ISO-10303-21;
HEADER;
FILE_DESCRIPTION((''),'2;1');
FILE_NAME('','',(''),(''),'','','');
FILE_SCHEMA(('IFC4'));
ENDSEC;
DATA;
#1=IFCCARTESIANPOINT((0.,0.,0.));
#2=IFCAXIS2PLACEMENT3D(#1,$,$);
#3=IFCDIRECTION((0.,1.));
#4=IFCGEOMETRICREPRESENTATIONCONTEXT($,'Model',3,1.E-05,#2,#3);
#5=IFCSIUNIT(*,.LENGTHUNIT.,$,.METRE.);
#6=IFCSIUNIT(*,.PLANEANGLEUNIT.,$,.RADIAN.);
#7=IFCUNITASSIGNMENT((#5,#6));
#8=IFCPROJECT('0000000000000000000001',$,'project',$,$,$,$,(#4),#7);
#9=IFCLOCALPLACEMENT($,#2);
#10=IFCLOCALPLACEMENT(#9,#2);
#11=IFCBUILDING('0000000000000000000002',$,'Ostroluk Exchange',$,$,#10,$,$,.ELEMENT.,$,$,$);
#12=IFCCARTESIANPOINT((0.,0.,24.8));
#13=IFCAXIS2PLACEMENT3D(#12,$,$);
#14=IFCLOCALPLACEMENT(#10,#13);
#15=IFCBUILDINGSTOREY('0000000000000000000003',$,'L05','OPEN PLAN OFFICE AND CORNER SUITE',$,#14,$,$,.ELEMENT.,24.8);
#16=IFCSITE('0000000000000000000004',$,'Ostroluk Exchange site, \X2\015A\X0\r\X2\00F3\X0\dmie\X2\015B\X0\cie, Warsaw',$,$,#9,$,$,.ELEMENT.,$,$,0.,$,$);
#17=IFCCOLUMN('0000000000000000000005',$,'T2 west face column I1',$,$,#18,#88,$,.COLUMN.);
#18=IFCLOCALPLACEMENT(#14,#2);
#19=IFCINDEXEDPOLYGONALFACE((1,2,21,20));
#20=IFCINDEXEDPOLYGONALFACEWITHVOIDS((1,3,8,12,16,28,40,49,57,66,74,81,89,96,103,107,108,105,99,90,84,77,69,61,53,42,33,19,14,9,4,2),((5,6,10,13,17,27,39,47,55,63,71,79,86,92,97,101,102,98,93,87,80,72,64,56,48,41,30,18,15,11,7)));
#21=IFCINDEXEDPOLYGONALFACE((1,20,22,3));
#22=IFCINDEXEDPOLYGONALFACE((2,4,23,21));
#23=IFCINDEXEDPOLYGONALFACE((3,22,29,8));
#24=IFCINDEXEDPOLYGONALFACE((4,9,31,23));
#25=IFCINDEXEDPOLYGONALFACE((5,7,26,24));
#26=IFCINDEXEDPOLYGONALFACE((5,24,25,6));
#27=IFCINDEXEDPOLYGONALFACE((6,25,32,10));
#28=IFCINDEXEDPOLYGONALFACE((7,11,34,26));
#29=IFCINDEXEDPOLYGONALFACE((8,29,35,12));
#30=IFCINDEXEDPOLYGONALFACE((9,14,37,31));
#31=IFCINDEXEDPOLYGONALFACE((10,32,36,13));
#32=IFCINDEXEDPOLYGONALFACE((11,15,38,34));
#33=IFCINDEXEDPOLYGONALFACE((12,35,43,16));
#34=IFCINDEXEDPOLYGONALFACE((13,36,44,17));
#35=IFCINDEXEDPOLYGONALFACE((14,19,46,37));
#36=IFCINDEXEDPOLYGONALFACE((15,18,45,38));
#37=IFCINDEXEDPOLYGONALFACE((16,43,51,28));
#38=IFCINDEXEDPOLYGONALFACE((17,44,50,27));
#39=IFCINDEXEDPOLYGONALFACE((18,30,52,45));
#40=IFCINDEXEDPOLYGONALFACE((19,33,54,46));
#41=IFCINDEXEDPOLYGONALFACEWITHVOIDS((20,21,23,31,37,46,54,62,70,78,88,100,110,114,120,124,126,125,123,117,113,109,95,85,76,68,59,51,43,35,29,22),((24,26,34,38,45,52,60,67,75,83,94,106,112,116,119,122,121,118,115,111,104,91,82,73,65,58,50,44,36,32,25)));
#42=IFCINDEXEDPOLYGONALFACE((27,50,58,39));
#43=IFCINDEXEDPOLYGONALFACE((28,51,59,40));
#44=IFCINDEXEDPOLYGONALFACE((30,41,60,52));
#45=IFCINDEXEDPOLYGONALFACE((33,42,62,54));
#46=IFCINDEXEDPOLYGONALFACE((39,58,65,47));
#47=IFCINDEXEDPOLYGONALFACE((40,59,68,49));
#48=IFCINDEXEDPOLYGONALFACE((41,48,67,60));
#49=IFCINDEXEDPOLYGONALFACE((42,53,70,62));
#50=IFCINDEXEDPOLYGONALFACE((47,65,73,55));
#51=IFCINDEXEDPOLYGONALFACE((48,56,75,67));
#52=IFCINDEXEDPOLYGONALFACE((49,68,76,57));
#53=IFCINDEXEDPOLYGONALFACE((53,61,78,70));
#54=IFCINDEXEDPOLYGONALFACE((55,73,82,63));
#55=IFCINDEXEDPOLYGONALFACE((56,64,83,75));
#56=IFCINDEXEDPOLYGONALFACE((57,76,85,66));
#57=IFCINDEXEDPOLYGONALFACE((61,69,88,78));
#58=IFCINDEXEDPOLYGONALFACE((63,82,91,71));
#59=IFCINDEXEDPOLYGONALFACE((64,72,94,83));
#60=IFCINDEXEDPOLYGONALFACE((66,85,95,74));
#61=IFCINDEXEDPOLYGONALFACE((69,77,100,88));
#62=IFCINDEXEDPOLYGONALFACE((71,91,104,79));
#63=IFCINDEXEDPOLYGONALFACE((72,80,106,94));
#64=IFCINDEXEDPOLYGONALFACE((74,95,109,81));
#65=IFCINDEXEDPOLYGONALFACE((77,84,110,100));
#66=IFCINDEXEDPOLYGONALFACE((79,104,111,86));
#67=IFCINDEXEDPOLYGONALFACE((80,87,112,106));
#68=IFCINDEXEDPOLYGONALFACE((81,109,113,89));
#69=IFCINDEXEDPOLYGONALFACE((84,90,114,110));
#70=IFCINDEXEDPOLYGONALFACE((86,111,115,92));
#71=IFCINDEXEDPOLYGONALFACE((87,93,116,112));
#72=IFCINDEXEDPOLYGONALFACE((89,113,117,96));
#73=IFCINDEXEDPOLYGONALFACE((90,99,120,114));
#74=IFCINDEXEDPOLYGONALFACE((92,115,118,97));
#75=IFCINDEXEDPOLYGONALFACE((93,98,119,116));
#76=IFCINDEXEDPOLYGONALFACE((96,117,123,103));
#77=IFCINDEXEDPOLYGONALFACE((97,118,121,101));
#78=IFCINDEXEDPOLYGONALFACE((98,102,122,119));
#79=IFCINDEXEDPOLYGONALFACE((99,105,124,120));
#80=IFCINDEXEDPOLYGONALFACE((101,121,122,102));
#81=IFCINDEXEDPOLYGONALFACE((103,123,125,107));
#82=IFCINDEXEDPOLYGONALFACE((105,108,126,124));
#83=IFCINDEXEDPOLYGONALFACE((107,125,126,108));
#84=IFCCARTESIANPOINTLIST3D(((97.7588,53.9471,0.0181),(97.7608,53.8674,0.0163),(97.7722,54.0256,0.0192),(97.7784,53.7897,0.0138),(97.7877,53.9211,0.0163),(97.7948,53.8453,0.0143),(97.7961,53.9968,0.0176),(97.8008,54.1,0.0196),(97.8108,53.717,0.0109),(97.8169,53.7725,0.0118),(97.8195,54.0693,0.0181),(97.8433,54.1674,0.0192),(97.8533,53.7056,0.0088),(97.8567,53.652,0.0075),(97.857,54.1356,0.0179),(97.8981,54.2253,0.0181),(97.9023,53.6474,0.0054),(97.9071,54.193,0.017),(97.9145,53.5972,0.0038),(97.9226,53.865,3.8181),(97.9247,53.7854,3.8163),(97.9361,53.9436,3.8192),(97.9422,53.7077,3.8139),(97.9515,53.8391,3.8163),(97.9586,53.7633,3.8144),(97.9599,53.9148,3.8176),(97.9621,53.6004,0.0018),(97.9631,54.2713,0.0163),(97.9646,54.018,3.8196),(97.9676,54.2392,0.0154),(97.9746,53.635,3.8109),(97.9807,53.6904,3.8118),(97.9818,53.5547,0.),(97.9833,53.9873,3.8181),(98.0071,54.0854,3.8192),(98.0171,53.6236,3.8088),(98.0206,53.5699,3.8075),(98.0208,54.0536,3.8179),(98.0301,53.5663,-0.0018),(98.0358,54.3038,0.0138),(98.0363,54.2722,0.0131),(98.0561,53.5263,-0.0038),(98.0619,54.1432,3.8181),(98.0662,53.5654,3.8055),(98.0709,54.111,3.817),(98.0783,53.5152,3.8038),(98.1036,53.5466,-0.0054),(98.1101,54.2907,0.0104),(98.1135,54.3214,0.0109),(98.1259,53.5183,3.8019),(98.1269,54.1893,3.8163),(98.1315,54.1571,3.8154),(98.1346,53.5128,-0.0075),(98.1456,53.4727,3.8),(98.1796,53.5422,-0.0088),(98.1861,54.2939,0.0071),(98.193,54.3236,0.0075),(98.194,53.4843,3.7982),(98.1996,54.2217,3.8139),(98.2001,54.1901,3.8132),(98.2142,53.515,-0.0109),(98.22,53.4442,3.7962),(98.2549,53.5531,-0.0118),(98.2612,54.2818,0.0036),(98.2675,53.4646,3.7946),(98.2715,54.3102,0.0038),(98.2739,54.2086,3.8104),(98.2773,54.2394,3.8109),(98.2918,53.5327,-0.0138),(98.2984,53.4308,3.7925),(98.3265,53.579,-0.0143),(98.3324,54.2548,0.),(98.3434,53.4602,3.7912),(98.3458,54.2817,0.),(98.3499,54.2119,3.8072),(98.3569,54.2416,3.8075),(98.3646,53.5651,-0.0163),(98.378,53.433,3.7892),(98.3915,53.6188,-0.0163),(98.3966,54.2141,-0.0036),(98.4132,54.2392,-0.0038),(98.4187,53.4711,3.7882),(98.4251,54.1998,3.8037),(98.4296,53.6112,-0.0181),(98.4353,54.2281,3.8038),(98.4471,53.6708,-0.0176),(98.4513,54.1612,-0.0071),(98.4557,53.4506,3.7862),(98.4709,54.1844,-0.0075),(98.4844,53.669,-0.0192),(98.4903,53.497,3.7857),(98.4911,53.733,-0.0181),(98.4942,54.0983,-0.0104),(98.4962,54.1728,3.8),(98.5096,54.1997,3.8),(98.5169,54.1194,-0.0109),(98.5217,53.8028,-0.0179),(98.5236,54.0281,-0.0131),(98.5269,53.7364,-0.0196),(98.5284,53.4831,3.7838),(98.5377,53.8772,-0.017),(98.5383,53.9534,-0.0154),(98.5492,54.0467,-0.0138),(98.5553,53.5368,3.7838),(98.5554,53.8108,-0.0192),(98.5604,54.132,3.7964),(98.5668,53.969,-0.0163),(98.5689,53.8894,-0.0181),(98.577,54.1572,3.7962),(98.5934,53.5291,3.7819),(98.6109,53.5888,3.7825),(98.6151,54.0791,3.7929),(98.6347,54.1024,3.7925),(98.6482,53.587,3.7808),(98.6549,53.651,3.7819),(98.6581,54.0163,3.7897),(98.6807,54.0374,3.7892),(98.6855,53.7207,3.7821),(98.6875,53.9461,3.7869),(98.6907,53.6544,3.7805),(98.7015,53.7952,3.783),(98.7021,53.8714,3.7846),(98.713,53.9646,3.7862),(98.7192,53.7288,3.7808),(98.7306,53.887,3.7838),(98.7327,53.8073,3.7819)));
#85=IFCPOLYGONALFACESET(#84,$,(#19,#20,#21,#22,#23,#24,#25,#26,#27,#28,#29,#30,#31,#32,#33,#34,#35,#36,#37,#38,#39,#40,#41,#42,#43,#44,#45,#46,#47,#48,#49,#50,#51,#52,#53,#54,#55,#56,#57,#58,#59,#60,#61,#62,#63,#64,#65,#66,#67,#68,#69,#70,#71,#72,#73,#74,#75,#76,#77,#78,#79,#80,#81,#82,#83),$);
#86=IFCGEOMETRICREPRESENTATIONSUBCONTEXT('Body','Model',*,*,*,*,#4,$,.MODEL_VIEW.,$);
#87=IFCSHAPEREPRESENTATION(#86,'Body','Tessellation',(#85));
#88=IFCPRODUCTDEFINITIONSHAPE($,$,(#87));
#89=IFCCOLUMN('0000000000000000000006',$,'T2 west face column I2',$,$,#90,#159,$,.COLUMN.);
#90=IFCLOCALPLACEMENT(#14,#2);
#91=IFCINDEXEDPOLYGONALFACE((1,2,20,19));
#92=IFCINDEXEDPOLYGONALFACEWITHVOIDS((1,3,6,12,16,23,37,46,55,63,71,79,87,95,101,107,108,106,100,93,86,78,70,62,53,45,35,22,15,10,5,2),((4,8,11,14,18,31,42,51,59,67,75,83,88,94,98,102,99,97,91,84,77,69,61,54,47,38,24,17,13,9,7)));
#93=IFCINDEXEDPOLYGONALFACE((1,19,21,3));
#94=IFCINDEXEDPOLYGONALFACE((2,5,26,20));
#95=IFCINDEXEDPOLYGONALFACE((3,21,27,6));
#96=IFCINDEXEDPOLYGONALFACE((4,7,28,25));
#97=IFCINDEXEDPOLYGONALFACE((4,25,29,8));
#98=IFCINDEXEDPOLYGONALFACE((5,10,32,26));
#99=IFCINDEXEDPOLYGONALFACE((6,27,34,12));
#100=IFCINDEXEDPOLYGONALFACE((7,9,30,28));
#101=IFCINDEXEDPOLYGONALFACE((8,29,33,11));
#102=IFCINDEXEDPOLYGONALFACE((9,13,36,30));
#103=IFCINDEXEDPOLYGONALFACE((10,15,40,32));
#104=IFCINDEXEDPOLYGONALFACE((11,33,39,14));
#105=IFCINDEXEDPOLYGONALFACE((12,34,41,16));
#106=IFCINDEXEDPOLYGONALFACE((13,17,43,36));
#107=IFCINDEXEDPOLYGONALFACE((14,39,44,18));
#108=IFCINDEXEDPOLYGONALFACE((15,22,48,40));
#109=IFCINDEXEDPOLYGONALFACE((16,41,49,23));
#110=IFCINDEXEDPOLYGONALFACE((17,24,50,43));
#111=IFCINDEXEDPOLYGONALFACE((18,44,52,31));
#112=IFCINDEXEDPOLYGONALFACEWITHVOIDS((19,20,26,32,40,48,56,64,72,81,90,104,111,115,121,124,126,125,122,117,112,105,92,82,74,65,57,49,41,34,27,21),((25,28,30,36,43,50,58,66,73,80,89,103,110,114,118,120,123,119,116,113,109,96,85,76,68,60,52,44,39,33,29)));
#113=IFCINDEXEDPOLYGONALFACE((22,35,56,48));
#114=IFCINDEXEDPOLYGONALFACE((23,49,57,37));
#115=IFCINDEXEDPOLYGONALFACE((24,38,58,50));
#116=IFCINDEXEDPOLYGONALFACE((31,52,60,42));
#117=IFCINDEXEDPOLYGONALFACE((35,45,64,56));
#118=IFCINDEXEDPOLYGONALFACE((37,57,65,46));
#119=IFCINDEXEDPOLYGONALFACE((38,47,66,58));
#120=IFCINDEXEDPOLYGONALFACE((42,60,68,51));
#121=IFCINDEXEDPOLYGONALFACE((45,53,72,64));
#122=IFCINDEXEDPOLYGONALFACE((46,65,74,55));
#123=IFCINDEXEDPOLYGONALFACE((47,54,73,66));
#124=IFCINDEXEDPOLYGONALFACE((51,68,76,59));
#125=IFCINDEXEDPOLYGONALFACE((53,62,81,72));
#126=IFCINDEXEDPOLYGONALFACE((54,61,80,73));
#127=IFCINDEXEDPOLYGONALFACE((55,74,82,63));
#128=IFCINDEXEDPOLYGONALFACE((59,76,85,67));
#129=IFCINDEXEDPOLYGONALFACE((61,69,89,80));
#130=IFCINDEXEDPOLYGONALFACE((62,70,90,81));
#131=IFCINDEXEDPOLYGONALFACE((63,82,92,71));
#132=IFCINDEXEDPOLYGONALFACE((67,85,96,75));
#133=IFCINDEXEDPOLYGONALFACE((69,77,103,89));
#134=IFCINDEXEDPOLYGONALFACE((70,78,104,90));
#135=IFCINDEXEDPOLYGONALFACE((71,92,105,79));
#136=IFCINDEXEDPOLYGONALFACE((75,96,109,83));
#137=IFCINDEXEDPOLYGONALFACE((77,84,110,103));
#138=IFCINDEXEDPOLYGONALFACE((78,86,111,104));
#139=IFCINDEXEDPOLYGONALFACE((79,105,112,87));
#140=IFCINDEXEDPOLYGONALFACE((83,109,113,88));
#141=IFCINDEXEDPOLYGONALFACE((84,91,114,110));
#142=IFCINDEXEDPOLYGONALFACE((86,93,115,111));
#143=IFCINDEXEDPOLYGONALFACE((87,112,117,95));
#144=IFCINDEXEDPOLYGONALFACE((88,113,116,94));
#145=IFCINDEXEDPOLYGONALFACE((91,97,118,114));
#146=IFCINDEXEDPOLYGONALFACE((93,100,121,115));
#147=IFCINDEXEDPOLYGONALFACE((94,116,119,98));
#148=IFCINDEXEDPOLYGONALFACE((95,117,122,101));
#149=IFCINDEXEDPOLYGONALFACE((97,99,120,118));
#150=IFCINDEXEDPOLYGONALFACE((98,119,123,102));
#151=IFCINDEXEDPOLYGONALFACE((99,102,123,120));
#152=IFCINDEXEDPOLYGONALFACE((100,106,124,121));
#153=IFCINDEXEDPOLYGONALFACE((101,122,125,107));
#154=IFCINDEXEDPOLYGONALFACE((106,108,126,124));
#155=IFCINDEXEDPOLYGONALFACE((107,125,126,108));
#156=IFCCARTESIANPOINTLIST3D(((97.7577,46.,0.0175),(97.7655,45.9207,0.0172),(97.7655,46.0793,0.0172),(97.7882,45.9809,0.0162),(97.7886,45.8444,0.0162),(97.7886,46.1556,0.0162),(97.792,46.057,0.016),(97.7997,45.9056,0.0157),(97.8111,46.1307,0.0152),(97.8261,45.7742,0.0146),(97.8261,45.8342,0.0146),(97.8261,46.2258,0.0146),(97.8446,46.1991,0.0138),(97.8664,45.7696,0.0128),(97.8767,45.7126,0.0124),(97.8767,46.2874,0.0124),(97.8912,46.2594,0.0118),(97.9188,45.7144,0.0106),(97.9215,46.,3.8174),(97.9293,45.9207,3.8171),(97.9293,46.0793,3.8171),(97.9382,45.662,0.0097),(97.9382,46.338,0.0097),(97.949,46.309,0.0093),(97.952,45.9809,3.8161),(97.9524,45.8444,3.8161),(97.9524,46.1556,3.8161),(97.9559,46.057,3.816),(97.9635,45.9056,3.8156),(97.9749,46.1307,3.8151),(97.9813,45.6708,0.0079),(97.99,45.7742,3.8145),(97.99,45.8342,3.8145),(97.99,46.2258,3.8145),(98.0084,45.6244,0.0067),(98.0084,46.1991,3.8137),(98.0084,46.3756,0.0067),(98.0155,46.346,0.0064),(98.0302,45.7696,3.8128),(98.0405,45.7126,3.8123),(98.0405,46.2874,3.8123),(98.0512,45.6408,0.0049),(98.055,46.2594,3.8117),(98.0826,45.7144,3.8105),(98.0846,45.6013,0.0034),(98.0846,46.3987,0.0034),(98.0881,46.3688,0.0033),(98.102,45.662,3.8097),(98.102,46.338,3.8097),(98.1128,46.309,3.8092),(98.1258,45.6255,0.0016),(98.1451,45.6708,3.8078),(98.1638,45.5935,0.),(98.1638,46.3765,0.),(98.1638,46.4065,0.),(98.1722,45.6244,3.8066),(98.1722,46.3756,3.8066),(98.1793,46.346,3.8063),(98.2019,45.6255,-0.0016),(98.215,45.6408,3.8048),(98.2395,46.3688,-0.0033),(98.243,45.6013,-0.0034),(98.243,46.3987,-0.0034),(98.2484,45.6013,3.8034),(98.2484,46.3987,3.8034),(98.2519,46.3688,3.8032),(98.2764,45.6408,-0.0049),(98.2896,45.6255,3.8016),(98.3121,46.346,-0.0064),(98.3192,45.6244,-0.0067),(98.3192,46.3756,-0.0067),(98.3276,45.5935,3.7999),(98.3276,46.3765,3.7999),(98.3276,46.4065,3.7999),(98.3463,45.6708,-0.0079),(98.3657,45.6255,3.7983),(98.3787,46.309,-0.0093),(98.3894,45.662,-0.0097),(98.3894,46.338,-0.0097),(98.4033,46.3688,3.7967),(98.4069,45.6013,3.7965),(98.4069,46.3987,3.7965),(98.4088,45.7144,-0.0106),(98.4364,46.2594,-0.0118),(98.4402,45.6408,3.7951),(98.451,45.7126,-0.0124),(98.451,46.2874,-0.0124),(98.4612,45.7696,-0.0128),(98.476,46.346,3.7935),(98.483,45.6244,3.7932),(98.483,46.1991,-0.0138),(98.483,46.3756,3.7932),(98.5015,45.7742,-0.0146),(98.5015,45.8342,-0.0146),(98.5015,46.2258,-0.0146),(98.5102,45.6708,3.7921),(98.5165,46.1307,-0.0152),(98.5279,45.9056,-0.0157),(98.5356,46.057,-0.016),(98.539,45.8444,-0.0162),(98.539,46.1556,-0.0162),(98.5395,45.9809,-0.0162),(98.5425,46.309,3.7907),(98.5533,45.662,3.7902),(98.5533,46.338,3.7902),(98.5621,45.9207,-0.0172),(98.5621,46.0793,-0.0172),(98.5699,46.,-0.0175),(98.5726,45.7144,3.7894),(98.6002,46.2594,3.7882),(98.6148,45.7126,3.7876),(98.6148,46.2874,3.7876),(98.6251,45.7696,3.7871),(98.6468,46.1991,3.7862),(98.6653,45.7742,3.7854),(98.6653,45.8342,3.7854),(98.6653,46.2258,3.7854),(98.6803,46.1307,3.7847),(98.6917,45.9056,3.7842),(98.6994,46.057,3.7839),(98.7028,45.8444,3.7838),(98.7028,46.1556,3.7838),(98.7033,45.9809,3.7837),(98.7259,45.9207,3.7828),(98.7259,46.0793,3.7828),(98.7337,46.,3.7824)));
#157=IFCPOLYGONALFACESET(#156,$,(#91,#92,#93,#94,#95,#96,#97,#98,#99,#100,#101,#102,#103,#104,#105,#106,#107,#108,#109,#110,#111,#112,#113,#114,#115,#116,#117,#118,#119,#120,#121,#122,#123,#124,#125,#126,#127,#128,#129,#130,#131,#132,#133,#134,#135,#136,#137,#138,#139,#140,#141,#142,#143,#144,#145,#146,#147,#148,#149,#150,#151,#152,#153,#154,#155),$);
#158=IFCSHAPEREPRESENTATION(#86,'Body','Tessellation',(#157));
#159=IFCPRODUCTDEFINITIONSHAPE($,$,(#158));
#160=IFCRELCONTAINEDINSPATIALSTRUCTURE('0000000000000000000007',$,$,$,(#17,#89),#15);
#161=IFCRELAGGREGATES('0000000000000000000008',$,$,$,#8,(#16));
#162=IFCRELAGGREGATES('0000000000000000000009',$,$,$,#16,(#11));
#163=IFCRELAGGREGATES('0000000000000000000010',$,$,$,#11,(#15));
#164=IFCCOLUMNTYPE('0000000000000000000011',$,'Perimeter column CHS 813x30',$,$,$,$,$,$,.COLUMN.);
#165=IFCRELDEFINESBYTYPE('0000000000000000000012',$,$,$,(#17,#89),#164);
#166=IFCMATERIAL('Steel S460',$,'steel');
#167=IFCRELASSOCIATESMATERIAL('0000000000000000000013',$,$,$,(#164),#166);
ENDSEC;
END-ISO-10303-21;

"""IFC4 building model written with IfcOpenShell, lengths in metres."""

from ifc_helpers import new_model, si_unit, direction, frame, origin, origin_2d, place, context, subcontext, project, spatial, hollow_circle, extrude, material, material_profile, profile_set, type_object, element, save


model = new_model("IFC4")

# Units and contexts
model_context = context("Model", 3, precision=1e-05, world=origin(), true_north=direction((0.0, 1.0)))
body_context = subcontext(model_context, "Body", "Model", "MODEL_VIEW")
ifc_project = project(units=[si_unit("LENGTHUNIT", "METRE"), si_unit("PLANEANGLEUNIT", "RADIAN")], contexts=[model_context])

# Site, building, storey
site_placement = place(None, origin())
site = spatial("IfcSite", under=ifc_project, at=site_placement, Name="Ostroluk Exchange site, Śródmieście, Warsaw", CompositionType="ELEMENT", RefElevation=0.0)
building_placement = place(site_placement, origin())
building = spatial("IfcBuilding", under=site, at=building_placement, Name="Ostroluk Exchange", CompositionType="ELEMENT")
storey_placement = place(building_placement, frame((0.0, 0.0, 24.8)))
storey = spatial("IfcBuildingStorey", under=building, at=storey_placement, Name="L05", Description="OPEN PLAN OFFICE AND CORNER SUITE", CompositionType="ELEMENT", Elevation=24.8)

# Columns
ifc_material_1 = material(Name="Steel S460", Category="steel")
ifc_material_profile_1 = material_profile(ifc_material_1, hollow_circle(Radius=0.4065, WallThickness=0.03, at=origin_2d()), Name="CHS 813x30")
ifc_profile_set_1 = profile_set([ifc_material_profile_1], Name="Steel S460")
column_type = type_object("IfcColumnType", Name="Perimeter column CHS 813x30", PredefinedType="COLUMN", material=ifc_profile_set_1)
column_1_placement = place(storey_placement, frame((98.1638, 53.9182, 0.0), z_axis=(0.04306, -0.021562, 0.99884), x_axis=(0.447747, 0.894161, 0.0)))
element("IfcColumn", 1, at=column_1_placement, inside=storey, type_object=column_type, Name="T2 west face column I1", PredefinedType="COLUMN", context=body_context, shape_type="SweptSolid", body=[
    extrude(hollow_circle(Radius=0.4065, WallThickness=0.03, at=origin_2d()), origin(), (0.0, 0.0, 1.0), 3.8044),
])
column_2_placement = place(storey_placement, frame((98.1638, 46.0, 0.0), z_axis=(0.04307, 0.0, 0.999072), x_axis=(0.0, 1.0, 0.0)))
element("IfcColumn", 2, at=column_2_placement, inside=storey, type_object=column_type, Name="T2 west face column I2", PredefinedType="COLUMN", context=body_context, shape_type="SweptSolid", body=[
    extrude(hollow_circle(Radius=0.4065, WallThickness=0.03, at=origin_2d()), origin(), (0.0, 0.0, 1.0), 3.8035),
])

save(model, "model.ifc")
